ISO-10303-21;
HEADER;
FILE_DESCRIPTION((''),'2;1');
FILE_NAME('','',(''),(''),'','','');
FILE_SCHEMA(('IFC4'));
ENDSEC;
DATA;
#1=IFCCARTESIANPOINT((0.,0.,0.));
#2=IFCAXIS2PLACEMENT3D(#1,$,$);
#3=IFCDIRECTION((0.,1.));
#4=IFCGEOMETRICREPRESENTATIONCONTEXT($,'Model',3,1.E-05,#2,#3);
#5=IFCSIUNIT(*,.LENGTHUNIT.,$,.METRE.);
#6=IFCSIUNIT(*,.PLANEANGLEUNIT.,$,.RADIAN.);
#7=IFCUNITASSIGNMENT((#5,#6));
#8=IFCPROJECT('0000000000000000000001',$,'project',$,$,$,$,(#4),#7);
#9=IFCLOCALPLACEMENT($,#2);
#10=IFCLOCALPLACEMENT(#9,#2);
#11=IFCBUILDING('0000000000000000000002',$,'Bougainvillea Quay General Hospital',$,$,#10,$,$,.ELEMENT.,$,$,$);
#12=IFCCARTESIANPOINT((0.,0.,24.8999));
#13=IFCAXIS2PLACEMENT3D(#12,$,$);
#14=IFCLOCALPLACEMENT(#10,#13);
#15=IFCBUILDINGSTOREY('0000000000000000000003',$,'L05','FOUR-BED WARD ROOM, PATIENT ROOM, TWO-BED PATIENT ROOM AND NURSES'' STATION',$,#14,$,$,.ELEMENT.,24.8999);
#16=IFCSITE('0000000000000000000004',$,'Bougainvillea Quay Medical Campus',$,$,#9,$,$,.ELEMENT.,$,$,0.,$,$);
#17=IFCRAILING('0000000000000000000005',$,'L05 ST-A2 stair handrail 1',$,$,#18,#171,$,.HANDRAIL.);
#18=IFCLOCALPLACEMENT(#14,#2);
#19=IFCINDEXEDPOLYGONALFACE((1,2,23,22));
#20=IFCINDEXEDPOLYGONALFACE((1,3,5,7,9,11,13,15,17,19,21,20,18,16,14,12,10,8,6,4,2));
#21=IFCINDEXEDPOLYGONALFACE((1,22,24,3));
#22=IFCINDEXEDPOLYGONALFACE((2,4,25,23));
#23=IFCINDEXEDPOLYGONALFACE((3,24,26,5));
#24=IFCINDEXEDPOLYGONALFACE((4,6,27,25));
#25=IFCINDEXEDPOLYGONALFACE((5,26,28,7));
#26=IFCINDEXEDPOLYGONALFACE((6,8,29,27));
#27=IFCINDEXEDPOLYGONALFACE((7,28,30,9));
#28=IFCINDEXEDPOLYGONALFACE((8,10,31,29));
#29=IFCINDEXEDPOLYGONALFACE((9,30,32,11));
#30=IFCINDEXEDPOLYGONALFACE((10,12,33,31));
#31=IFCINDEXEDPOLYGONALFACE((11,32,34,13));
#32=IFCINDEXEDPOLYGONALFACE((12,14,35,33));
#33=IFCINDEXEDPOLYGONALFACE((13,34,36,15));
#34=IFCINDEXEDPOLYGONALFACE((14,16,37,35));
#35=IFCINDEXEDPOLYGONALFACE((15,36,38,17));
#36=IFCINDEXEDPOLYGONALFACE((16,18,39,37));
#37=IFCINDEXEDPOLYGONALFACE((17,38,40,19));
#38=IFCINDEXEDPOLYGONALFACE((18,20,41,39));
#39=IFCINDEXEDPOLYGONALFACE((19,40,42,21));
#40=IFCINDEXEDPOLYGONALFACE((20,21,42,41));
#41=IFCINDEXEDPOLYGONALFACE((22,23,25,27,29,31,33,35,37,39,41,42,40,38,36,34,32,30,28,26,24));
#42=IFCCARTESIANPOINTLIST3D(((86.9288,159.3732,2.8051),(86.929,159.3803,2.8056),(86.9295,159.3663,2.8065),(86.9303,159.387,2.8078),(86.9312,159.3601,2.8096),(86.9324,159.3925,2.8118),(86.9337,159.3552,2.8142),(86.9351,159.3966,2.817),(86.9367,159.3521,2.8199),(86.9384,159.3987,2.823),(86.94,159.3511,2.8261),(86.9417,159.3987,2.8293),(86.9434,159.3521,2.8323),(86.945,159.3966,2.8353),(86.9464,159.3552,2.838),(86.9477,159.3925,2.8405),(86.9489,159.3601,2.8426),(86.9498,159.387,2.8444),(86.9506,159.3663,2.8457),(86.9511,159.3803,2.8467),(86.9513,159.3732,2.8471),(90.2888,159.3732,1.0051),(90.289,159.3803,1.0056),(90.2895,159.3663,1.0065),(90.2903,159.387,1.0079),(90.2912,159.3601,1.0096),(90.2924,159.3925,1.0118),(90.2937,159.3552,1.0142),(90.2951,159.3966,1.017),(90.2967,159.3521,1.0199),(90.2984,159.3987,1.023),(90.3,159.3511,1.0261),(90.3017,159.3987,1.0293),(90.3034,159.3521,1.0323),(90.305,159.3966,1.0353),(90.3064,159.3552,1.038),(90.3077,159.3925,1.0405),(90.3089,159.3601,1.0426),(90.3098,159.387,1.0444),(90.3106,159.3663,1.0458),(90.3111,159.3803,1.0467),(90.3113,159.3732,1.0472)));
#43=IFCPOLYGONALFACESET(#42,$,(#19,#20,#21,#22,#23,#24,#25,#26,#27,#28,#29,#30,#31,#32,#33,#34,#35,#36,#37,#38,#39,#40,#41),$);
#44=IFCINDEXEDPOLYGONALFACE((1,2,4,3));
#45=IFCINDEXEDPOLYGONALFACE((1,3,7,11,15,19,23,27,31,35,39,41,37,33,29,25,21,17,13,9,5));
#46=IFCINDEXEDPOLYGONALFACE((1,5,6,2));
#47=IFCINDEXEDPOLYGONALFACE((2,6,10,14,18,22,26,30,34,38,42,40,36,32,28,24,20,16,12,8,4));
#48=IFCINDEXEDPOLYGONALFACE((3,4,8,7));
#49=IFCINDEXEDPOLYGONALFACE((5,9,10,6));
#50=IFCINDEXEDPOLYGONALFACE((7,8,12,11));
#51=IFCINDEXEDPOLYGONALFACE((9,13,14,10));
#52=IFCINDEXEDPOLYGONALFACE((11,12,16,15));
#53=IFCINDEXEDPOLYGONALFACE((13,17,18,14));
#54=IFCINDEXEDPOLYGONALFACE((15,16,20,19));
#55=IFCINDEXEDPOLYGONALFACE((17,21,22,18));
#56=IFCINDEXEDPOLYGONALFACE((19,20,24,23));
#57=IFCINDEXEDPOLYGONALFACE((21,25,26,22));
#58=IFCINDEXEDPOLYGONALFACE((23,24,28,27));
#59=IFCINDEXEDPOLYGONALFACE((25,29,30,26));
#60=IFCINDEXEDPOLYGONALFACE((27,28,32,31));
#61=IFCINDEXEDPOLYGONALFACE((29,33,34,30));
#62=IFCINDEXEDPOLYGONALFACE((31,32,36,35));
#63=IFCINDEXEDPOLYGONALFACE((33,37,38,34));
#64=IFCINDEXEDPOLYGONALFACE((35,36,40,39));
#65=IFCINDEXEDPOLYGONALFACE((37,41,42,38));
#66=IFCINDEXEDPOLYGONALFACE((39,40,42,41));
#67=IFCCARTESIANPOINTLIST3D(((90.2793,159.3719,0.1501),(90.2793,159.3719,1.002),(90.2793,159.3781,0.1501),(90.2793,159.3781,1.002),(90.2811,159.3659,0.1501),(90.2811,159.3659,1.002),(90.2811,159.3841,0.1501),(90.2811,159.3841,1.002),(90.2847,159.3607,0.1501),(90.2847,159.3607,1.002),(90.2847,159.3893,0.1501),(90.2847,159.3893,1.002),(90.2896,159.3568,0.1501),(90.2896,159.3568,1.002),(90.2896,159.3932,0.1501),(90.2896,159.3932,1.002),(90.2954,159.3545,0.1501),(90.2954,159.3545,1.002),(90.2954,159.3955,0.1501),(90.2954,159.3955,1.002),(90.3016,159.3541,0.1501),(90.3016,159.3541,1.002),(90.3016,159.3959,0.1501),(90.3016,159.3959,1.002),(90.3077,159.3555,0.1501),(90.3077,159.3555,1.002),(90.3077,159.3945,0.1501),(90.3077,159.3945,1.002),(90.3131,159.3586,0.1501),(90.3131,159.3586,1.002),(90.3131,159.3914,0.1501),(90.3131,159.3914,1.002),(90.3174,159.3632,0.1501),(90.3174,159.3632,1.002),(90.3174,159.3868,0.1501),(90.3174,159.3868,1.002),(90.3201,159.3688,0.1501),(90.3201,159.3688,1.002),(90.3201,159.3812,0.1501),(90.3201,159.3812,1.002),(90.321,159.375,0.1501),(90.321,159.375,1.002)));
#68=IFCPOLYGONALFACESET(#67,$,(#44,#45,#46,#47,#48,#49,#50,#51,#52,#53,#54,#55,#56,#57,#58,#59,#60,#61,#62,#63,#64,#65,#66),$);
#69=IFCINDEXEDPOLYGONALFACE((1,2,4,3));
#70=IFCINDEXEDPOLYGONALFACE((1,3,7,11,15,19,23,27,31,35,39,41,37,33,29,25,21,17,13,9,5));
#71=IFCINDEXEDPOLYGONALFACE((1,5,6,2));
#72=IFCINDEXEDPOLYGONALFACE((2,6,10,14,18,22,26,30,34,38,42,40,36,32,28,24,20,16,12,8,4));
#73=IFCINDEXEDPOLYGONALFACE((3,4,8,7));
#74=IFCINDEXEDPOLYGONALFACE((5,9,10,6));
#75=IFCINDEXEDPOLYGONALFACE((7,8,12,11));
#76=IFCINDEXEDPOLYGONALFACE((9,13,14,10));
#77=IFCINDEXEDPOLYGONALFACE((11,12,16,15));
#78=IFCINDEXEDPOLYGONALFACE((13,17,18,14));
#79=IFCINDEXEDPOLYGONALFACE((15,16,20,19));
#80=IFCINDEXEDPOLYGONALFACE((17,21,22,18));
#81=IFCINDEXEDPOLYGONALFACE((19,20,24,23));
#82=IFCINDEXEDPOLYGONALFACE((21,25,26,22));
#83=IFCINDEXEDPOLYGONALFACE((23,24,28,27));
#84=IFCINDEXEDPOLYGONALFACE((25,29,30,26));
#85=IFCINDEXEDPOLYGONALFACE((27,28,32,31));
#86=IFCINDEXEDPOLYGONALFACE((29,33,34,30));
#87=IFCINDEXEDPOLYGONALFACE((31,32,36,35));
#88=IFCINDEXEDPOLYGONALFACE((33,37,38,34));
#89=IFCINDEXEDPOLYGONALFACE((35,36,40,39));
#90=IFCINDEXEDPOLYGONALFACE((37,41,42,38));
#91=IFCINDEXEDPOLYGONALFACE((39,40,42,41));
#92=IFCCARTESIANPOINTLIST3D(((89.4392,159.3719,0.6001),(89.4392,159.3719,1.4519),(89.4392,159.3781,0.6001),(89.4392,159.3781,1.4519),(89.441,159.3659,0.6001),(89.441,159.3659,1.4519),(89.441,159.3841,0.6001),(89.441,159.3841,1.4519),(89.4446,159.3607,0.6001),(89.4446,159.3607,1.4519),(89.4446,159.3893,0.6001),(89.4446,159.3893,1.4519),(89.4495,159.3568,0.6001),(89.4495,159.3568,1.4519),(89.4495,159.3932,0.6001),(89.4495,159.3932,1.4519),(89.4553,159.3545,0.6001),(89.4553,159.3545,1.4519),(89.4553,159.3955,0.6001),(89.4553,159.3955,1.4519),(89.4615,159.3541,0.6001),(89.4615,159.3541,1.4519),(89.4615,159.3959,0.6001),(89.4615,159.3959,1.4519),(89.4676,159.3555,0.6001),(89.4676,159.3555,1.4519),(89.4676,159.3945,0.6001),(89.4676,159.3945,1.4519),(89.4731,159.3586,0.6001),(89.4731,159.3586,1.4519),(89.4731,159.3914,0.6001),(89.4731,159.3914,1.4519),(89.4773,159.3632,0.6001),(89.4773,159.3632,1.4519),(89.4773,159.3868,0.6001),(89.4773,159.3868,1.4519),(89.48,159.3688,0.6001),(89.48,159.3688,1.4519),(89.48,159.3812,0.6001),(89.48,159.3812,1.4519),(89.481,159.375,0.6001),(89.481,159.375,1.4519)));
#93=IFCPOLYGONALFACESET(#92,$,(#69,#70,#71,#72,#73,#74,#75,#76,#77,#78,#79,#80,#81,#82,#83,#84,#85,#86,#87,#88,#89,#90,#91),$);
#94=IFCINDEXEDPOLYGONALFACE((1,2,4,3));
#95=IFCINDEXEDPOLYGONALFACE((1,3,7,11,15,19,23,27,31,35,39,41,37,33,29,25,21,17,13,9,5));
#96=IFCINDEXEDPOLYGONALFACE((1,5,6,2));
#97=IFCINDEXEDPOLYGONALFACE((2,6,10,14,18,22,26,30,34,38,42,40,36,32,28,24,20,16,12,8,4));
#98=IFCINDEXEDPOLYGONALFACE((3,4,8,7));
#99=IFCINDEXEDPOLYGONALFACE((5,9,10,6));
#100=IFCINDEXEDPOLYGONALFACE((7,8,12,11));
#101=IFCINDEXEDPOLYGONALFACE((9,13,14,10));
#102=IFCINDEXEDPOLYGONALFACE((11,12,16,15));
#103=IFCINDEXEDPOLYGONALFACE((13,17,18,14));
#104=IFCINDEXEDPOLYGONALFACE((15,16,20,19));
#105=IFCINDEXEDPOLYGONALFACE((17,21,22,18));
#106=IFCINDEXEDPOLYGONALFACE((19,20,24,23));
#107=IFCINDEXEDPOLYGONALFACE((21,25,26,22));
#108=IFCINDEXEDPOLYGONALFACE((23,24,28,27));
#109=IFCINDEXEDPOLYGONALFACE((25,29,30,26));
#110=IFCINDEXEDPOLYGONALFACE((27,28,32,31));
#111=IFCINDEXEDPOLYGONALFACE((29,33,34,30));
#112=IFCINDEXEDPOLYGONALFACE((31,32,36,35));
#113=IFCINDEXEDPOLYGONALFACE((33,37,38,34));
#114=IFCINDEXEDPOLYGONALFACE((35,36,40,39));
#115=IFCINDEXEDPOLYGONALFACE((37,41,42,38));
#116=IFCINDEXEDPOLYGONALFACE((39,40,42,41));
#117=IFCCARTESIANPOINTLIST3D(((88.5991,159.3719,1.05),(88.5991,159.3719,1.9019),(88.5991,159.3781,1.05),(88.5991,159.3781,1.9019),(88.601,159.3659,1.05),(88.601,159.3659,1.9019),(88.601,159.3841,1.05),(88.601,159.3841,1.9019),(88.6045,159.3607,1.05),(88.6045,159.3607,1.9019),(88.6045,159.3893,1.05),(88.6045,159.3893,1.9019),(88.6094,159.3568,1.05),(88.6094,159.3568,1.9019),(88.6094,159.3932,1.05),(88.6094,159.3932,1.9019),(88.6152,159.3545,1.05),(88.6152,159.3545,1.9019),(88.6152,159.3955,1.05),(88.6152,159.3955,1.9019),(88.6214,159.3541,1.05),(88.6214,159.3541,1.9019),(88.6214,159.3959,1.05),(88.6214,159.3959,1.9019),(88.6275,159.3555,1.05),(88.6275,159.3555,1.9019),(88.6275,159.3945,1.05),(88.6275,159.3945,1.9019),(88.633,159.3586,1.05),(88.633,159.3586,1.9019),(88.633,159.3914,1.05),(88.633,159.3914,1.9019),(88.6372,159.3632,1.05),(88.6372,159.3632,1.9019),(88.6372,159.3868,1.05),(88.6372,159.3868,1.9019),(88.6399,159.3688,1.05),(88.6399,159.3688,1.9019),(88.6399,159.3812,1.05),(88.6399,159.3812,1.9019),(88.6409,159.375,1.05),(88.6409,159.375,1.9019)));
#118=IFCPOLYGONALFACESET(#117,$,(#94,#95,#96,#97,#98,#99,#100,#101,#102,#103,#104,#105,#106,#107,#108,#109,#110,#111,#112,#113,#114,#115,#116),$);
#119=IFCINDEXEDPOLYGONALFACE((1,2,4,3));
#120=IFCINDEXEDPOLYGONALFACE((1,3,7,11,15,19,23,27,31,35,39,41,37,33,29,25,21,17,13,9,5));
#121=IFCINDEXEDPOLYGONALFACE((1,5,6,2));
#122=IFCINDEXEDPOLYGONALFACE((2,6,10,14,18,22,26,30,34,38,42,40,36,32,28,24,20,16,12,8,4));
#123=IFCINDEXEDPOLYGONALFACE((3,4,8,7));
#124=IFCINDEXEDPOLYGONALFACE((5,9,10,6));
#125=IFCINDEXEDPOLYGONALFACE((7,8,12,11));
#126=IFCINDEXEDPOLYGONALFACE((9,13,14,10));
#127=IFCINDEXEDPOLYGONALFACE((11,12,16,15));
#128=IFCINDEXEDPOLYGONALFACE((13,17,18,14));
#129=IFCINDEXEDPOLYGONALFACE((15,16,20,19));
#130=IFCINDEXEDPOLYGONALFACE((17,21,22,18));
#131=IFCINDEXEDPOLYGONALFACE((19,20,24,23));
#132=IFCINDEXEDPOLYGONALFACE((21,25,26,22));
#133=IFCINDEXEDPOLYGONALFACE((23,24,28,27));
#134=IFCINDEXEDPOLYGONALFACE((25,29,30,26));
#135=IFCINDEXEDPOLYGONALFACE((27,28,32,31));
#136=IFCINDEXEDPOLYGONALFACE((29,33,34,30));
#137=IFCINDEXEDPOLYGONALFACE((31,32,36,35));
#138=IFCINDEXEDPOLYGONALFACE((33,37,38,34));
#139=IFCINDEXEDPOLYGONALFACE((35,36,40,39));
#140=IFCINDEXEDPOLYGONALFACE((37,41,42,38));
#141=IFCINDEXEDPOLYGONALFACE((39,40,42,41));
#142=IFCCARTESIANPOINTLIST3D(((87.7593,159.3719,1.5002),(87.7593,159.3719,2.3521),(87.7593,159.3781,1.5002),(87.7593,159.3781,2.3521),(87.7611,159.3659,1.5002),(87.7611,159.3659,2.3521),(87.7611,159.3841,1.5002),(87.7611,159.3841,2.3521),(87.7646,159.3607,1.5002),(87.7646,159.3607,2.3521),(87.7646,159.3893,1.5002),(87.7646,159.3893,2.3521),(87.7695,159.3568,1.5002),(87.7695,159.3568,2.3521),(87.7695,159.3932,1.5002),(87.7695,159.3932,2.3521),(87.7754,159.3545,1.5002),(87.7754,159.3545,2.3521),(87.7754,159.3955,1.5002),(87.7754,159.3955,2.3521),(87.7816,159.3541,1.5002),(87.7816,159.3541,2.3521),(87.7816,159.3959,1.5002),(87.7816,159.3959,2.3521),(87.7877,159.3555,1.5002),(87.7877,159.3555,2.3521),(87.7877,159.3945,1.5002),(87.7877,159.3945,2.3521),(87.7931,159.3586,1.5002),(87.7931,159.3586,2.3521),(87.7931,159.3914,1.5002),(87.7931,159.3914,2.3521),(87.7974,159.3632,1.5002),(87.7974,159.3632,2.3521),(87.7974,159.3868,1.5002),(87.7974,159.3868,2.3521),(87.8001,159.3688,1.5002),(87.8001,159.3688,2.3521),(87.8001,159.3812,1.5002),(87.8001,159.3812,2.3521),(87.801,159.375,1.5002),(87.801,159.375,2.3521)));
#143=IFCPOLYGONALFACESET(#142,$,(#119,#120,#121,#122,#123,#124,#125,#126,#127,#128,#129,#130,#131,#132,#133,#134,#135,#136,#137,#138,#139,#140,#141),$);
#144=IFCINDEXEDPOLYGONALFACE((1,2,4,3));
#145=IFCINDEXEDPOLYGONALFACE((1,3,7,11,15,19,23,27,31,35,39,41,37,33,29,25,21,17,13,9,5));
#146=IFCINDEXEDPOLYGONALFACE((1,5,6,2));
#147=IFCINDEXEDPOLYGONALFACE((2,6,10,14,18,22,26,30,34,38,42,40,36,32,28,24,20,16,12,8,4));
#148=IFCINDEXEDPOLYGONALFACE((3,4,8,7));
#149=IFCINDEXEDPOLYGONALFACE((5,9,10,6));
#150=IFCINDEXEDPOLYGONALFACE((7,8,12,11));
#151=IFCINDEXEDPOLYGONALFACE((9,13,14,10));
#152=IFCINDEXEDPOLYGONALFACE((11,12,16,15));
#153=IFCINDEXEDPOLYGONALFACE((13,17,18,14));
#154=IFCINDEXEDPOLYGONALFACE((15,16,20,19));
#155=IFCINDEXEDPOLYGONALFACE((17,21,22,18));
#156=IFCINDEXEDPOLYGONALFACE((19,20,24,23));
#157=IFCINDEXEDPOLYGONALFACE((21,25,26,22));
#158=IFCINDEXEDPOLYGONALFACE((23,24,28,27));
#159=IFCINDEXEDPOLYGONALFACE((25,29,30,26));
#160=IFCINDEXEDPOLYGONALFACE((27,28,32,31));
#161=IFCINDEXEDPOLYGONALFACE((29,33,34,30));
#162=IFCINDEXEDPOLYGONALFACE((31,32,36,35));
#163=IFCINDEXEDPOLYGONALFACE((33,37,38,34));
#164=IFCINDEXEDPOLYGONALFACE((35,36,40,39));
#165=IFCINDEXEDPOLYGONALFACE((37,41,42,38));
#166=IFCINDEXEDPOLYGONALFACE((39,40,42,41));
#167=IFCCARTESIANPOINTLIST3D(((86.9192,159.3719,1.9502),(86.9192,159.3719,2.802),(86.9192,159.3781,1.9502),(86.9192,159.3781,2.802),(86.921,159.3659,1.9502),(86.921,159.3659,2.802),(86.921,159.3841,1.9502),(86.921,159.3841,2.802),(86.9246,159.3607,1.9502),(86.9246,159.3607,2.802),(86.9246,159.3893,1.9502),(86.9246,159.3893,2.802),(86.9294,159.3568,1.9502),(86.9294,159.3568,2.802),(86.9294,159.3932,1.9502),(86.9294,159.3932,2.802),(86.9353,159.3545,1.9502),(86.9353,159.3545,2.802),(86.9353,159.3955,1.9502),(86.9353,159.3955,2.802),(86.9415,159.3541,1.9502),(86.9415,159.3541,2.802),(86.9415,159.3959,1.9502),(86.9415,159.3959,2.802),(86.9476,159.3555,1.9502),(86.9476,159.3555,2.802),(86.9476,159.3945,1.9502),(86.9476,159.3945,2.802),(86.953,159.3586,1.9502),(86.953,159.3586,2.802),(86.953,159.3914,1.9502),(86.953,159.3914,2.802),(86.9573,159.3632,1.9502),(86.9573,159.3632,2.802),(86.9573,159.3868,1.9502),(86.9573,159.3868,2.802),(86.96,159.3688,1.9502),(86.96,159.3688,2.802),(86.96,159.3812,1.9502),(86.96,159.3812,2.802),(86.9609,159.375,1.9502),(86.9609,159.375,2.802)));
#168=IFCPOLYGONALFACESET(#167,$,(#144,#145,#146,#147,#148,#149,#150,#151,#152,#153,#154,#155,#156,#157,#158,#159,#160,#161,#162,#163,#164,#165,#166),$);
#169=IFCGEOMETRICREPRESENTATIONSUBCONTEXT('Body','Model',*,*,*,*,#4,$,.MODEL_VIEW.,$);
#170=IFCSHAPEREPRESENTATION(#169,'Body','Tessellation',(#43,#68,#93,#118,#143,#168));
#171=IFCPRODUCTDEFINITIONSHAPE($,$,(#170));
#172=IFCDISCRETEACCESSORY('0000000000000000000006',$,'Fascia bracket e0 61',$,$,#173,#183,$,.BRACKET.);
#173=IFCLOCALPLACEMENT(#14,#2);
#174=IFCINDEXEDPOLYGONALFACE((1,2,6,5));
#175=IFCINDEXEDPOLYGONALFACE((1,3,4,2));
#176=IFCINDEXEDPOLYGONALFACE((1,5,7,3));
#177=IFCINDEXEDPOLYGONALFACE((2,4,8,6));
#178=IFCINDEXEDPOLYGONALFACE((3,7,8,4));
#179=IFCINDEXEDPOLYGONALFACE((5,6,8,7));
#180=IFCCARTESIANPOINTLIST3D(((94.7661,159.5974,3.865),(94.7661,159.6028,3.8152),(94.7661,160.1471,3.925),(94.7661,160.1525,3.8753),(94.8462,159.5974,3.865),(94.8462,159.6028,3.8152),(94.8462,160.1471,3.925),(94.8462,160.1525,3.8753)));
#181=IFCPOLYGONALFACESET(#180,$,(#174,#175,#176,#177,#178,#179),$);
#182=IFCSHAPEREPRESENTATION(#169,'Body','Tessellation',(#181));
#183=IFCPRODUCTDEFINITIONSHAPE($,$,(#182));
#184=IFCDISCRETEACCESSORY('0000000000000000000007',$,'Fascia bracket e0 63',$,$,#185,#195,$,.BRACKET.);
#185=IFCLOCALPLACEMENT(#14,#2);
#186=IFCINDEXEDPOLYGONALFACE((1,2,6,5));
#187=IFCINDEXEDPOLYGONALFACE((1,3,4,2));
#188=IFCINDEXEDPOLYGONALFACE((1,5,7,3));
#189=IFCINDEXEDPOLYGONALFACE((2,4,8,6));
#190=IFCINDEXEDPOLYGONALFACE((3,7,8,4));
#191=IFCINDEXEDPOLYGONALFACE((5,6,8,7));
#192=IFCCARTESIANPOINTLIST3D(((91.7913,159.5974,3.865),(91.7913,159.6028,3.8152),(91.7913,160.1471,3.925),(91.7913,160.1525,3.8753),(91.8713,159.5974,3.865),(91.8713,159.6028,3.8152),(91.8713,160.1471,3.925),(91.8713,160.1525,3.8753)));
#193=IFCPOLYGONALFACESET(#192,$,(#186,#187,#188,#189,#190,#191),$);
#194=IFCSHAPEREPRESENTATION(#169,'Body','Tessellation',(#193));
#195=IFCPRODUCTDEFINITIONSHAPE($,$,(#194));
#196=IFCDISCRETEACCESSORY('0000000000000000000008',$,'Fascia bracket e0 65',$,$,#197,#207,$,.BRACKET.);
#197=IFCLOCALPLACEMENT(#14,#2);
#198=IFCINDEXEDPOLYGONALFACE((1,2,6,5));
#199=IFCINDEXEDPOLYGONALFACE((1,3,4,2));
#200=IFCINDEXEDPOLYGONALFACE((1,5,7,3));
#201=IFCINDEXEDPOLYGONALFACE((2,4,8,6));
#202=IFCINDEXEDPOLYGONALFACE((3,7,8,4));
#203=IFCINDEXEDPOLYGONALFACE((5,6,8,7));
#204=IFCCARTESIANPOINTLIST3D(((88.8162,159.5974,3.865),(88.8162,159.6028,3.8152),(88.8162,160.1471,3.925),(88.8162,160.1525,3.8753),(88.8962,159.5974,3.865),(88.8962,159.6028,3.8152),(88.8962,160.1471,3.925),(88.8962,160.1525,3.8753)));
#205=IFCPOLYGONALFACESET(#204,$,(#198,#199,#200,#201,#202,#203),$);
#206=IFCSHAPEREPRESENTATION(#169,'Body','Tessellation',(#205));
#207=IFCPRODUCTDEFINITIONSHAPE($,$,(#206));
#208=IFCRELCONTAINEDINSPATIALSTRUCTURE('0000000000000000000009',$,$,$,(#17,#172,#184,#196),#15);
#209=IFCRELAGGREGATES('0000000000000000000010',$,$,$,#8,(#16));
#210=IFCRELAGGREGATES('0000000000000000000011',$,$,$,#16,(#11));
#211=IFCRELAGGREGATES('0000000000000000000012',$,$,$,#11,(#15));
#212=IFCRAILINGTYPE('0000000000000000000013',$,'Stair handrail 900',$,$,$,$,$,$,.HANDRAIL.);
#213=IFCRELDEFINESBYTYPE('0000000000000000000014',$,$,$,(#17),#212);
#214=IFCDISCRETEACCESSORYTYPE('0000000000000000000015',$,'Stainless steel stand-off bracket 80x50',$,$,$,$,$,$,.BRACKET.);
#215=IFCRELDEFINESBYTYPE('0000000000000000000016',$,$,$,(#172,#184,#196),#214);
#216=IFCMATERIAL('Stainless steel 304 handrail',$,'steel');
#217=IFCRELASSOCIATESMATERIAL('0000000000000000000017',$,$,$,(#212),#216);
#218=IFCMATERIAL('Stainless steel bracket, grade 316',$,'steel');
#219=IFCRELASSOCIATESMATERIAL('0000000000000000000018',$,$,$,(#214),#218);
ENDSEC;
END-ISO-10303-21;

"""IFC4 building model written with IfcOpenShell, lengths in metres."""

from ifc_helpers import new_model, si_unit, direction, frame, origin, origin_2d, place, context, subcontext, project, spatial, rectangle, circle, extrude, material, material_profile, profile_set, type_object, element, save


model = new_model("IFC4")

# Units and contexts
model_context = context("Model", 3, precision=1e-05, world=origin(), true_north=direction((0.0, 1.0)))
body_context = subcontext(model_context, "Body", "Model", "MODEL_VIEW")
ifc_project = project(units=[si_unit("LENGTHUNIT", "METRE"), si_unit("PLANEANGLEUNIT", "RADIAN")], contexts=[model_context])

# Site, building, storey
site_placement = place(None, origin())
site = spatial("IfcSite", under=ifc_project, at=site_placement, Name="Bougainvillea Quay Medical Campus", CompositionType="ELEMENT", RefElevation=0.0)
building_placement = place(site_placement, origin())
building = spatial("IfcBuilding", under=site, at=building_placement, Name="Bougainvillea Quay General Hospital", CompositionType="ELEMENT")
storey_placement = place(building_placement, frame((0.0, 0.0, 24.8999)))
storey = spatial("IfcBuildingStorey", under=building, at=storey_placement, Name="L05", Description="FOUR-BED WARD ROOM, PATIENT ROOM, TWO-BED PATIENT ROOM AND NURSES' STATION", CompositionType="ELEMENT", Elevation=24.8999)

# Railing
ifc_material_1 = material(Name="Stainless steel 304 handrail", Category="steel")
railing_type_1 = type_object("IfcRailingType", Name="Stair handrail 900", PredefinedType="HANDRAIL", material=ifc_material_1)
railing_1_placement = place(storey_placement, frame((90.3, 159.375, 0.1501)))
element("IfcRailing", 1, at=railing_1_placement, inside=storey, type_object=railing_type_1, Name="L05 ST-A2 stair handrail 1", PredefinedType="HANDRAIL", context=body_context, shape_type="SweptSolid", body=[
    extrude(circle(Radius=0.0239, at=origin_2d()), frame((0.0, 0.0, 0.876), z_axis=(-0.881481, 0.0, 0.47222), x_axis=(0.0, -1.0, 0.0)), (0.0, 0.0, 1.0), 3.8118),
    extrude(circle(Radius=0.021, at=origin_2d()), origin(), (0.0, 0.0, 1.0), 0.8518),
    extrude(circle(Radius=0.021, at=origin_2d()), frame((-0.8401, 0.0, 0.45)), (0.0, 0.0, 1.0), 0.8518),
    extrude(circle(Radius=0.021, at=origin_2d()), frame((-1.6802, 0.0, 0.8999)), (0.0, 0.0, 1.0), 0.8518),
    extrude(circle(Radius=0.021, at=origin_2d()), frame((-2.52, 0.0, 1.3501)), (0.0, 0.0, 1.0), 0.8518),
    extrude(circle(Radius=0.021, at=origin_2d()), frame((-3.3601, 0.0, 1.8)), (0.0, 0.0, 1.0), 0.8518),
])

# Discrete accessories
ifc_material_2 = material(Name="Stainless steel bracket, grade 316", Category="steel")
ifc_material_profile_1 = material_profile(ifc_material_2, rectangle(XDim=0.0801, YDim=0.05, at=origin_2d()))
ifc_profile_set_1 = profile_set([ifc_material_profile_1], Name="Stainless steel bracket, grade 316")
discrete_accessory_type = type_object("IfcDiscreteAccessoryType", Name="Stainless steel stand-off bracket 80x50", PredefinedType="BRACKET", material=ifc_profile_set_1)
for number, where, z_axis, x_axis, name in (
    (2, (94.8062, 159.6001, 3.8401), (0.0, 0.994087, 0.10859), (-1.0, 0.0, 0.0), "Fascia bracket e0 61"),
    (3, (91.8313, 159.6001, 3.8401), (0.0, 0.994087, 0.10859), (-1.0, 0.0, 0.0), "Fascia bracket e0 63"),
    (4, (88.8562, 159.6001, 3.8401), (0.0, 0.994087, 0.10859), (-1.0, 0.0, 0.0), "Fascia bracket e0 65"),
):
    element("IfcDiscreteAccessory", number, at=place(storey_placement, frame(where, z_axis=z_axis, x_axis=x_axis)), inside=storey, type_object=discrete_accessory_type, Name=name, PredefinedType="BRACKET", context=body_context, shape_type="SweptSolid", body=[
        extrude(rectangle(XDim=0.0801, YDim=0.05, at=origin_2d()), origin(), (0.0, 0.0, 1.0), 0.553),
    ])

save(model, "model.ifc")
